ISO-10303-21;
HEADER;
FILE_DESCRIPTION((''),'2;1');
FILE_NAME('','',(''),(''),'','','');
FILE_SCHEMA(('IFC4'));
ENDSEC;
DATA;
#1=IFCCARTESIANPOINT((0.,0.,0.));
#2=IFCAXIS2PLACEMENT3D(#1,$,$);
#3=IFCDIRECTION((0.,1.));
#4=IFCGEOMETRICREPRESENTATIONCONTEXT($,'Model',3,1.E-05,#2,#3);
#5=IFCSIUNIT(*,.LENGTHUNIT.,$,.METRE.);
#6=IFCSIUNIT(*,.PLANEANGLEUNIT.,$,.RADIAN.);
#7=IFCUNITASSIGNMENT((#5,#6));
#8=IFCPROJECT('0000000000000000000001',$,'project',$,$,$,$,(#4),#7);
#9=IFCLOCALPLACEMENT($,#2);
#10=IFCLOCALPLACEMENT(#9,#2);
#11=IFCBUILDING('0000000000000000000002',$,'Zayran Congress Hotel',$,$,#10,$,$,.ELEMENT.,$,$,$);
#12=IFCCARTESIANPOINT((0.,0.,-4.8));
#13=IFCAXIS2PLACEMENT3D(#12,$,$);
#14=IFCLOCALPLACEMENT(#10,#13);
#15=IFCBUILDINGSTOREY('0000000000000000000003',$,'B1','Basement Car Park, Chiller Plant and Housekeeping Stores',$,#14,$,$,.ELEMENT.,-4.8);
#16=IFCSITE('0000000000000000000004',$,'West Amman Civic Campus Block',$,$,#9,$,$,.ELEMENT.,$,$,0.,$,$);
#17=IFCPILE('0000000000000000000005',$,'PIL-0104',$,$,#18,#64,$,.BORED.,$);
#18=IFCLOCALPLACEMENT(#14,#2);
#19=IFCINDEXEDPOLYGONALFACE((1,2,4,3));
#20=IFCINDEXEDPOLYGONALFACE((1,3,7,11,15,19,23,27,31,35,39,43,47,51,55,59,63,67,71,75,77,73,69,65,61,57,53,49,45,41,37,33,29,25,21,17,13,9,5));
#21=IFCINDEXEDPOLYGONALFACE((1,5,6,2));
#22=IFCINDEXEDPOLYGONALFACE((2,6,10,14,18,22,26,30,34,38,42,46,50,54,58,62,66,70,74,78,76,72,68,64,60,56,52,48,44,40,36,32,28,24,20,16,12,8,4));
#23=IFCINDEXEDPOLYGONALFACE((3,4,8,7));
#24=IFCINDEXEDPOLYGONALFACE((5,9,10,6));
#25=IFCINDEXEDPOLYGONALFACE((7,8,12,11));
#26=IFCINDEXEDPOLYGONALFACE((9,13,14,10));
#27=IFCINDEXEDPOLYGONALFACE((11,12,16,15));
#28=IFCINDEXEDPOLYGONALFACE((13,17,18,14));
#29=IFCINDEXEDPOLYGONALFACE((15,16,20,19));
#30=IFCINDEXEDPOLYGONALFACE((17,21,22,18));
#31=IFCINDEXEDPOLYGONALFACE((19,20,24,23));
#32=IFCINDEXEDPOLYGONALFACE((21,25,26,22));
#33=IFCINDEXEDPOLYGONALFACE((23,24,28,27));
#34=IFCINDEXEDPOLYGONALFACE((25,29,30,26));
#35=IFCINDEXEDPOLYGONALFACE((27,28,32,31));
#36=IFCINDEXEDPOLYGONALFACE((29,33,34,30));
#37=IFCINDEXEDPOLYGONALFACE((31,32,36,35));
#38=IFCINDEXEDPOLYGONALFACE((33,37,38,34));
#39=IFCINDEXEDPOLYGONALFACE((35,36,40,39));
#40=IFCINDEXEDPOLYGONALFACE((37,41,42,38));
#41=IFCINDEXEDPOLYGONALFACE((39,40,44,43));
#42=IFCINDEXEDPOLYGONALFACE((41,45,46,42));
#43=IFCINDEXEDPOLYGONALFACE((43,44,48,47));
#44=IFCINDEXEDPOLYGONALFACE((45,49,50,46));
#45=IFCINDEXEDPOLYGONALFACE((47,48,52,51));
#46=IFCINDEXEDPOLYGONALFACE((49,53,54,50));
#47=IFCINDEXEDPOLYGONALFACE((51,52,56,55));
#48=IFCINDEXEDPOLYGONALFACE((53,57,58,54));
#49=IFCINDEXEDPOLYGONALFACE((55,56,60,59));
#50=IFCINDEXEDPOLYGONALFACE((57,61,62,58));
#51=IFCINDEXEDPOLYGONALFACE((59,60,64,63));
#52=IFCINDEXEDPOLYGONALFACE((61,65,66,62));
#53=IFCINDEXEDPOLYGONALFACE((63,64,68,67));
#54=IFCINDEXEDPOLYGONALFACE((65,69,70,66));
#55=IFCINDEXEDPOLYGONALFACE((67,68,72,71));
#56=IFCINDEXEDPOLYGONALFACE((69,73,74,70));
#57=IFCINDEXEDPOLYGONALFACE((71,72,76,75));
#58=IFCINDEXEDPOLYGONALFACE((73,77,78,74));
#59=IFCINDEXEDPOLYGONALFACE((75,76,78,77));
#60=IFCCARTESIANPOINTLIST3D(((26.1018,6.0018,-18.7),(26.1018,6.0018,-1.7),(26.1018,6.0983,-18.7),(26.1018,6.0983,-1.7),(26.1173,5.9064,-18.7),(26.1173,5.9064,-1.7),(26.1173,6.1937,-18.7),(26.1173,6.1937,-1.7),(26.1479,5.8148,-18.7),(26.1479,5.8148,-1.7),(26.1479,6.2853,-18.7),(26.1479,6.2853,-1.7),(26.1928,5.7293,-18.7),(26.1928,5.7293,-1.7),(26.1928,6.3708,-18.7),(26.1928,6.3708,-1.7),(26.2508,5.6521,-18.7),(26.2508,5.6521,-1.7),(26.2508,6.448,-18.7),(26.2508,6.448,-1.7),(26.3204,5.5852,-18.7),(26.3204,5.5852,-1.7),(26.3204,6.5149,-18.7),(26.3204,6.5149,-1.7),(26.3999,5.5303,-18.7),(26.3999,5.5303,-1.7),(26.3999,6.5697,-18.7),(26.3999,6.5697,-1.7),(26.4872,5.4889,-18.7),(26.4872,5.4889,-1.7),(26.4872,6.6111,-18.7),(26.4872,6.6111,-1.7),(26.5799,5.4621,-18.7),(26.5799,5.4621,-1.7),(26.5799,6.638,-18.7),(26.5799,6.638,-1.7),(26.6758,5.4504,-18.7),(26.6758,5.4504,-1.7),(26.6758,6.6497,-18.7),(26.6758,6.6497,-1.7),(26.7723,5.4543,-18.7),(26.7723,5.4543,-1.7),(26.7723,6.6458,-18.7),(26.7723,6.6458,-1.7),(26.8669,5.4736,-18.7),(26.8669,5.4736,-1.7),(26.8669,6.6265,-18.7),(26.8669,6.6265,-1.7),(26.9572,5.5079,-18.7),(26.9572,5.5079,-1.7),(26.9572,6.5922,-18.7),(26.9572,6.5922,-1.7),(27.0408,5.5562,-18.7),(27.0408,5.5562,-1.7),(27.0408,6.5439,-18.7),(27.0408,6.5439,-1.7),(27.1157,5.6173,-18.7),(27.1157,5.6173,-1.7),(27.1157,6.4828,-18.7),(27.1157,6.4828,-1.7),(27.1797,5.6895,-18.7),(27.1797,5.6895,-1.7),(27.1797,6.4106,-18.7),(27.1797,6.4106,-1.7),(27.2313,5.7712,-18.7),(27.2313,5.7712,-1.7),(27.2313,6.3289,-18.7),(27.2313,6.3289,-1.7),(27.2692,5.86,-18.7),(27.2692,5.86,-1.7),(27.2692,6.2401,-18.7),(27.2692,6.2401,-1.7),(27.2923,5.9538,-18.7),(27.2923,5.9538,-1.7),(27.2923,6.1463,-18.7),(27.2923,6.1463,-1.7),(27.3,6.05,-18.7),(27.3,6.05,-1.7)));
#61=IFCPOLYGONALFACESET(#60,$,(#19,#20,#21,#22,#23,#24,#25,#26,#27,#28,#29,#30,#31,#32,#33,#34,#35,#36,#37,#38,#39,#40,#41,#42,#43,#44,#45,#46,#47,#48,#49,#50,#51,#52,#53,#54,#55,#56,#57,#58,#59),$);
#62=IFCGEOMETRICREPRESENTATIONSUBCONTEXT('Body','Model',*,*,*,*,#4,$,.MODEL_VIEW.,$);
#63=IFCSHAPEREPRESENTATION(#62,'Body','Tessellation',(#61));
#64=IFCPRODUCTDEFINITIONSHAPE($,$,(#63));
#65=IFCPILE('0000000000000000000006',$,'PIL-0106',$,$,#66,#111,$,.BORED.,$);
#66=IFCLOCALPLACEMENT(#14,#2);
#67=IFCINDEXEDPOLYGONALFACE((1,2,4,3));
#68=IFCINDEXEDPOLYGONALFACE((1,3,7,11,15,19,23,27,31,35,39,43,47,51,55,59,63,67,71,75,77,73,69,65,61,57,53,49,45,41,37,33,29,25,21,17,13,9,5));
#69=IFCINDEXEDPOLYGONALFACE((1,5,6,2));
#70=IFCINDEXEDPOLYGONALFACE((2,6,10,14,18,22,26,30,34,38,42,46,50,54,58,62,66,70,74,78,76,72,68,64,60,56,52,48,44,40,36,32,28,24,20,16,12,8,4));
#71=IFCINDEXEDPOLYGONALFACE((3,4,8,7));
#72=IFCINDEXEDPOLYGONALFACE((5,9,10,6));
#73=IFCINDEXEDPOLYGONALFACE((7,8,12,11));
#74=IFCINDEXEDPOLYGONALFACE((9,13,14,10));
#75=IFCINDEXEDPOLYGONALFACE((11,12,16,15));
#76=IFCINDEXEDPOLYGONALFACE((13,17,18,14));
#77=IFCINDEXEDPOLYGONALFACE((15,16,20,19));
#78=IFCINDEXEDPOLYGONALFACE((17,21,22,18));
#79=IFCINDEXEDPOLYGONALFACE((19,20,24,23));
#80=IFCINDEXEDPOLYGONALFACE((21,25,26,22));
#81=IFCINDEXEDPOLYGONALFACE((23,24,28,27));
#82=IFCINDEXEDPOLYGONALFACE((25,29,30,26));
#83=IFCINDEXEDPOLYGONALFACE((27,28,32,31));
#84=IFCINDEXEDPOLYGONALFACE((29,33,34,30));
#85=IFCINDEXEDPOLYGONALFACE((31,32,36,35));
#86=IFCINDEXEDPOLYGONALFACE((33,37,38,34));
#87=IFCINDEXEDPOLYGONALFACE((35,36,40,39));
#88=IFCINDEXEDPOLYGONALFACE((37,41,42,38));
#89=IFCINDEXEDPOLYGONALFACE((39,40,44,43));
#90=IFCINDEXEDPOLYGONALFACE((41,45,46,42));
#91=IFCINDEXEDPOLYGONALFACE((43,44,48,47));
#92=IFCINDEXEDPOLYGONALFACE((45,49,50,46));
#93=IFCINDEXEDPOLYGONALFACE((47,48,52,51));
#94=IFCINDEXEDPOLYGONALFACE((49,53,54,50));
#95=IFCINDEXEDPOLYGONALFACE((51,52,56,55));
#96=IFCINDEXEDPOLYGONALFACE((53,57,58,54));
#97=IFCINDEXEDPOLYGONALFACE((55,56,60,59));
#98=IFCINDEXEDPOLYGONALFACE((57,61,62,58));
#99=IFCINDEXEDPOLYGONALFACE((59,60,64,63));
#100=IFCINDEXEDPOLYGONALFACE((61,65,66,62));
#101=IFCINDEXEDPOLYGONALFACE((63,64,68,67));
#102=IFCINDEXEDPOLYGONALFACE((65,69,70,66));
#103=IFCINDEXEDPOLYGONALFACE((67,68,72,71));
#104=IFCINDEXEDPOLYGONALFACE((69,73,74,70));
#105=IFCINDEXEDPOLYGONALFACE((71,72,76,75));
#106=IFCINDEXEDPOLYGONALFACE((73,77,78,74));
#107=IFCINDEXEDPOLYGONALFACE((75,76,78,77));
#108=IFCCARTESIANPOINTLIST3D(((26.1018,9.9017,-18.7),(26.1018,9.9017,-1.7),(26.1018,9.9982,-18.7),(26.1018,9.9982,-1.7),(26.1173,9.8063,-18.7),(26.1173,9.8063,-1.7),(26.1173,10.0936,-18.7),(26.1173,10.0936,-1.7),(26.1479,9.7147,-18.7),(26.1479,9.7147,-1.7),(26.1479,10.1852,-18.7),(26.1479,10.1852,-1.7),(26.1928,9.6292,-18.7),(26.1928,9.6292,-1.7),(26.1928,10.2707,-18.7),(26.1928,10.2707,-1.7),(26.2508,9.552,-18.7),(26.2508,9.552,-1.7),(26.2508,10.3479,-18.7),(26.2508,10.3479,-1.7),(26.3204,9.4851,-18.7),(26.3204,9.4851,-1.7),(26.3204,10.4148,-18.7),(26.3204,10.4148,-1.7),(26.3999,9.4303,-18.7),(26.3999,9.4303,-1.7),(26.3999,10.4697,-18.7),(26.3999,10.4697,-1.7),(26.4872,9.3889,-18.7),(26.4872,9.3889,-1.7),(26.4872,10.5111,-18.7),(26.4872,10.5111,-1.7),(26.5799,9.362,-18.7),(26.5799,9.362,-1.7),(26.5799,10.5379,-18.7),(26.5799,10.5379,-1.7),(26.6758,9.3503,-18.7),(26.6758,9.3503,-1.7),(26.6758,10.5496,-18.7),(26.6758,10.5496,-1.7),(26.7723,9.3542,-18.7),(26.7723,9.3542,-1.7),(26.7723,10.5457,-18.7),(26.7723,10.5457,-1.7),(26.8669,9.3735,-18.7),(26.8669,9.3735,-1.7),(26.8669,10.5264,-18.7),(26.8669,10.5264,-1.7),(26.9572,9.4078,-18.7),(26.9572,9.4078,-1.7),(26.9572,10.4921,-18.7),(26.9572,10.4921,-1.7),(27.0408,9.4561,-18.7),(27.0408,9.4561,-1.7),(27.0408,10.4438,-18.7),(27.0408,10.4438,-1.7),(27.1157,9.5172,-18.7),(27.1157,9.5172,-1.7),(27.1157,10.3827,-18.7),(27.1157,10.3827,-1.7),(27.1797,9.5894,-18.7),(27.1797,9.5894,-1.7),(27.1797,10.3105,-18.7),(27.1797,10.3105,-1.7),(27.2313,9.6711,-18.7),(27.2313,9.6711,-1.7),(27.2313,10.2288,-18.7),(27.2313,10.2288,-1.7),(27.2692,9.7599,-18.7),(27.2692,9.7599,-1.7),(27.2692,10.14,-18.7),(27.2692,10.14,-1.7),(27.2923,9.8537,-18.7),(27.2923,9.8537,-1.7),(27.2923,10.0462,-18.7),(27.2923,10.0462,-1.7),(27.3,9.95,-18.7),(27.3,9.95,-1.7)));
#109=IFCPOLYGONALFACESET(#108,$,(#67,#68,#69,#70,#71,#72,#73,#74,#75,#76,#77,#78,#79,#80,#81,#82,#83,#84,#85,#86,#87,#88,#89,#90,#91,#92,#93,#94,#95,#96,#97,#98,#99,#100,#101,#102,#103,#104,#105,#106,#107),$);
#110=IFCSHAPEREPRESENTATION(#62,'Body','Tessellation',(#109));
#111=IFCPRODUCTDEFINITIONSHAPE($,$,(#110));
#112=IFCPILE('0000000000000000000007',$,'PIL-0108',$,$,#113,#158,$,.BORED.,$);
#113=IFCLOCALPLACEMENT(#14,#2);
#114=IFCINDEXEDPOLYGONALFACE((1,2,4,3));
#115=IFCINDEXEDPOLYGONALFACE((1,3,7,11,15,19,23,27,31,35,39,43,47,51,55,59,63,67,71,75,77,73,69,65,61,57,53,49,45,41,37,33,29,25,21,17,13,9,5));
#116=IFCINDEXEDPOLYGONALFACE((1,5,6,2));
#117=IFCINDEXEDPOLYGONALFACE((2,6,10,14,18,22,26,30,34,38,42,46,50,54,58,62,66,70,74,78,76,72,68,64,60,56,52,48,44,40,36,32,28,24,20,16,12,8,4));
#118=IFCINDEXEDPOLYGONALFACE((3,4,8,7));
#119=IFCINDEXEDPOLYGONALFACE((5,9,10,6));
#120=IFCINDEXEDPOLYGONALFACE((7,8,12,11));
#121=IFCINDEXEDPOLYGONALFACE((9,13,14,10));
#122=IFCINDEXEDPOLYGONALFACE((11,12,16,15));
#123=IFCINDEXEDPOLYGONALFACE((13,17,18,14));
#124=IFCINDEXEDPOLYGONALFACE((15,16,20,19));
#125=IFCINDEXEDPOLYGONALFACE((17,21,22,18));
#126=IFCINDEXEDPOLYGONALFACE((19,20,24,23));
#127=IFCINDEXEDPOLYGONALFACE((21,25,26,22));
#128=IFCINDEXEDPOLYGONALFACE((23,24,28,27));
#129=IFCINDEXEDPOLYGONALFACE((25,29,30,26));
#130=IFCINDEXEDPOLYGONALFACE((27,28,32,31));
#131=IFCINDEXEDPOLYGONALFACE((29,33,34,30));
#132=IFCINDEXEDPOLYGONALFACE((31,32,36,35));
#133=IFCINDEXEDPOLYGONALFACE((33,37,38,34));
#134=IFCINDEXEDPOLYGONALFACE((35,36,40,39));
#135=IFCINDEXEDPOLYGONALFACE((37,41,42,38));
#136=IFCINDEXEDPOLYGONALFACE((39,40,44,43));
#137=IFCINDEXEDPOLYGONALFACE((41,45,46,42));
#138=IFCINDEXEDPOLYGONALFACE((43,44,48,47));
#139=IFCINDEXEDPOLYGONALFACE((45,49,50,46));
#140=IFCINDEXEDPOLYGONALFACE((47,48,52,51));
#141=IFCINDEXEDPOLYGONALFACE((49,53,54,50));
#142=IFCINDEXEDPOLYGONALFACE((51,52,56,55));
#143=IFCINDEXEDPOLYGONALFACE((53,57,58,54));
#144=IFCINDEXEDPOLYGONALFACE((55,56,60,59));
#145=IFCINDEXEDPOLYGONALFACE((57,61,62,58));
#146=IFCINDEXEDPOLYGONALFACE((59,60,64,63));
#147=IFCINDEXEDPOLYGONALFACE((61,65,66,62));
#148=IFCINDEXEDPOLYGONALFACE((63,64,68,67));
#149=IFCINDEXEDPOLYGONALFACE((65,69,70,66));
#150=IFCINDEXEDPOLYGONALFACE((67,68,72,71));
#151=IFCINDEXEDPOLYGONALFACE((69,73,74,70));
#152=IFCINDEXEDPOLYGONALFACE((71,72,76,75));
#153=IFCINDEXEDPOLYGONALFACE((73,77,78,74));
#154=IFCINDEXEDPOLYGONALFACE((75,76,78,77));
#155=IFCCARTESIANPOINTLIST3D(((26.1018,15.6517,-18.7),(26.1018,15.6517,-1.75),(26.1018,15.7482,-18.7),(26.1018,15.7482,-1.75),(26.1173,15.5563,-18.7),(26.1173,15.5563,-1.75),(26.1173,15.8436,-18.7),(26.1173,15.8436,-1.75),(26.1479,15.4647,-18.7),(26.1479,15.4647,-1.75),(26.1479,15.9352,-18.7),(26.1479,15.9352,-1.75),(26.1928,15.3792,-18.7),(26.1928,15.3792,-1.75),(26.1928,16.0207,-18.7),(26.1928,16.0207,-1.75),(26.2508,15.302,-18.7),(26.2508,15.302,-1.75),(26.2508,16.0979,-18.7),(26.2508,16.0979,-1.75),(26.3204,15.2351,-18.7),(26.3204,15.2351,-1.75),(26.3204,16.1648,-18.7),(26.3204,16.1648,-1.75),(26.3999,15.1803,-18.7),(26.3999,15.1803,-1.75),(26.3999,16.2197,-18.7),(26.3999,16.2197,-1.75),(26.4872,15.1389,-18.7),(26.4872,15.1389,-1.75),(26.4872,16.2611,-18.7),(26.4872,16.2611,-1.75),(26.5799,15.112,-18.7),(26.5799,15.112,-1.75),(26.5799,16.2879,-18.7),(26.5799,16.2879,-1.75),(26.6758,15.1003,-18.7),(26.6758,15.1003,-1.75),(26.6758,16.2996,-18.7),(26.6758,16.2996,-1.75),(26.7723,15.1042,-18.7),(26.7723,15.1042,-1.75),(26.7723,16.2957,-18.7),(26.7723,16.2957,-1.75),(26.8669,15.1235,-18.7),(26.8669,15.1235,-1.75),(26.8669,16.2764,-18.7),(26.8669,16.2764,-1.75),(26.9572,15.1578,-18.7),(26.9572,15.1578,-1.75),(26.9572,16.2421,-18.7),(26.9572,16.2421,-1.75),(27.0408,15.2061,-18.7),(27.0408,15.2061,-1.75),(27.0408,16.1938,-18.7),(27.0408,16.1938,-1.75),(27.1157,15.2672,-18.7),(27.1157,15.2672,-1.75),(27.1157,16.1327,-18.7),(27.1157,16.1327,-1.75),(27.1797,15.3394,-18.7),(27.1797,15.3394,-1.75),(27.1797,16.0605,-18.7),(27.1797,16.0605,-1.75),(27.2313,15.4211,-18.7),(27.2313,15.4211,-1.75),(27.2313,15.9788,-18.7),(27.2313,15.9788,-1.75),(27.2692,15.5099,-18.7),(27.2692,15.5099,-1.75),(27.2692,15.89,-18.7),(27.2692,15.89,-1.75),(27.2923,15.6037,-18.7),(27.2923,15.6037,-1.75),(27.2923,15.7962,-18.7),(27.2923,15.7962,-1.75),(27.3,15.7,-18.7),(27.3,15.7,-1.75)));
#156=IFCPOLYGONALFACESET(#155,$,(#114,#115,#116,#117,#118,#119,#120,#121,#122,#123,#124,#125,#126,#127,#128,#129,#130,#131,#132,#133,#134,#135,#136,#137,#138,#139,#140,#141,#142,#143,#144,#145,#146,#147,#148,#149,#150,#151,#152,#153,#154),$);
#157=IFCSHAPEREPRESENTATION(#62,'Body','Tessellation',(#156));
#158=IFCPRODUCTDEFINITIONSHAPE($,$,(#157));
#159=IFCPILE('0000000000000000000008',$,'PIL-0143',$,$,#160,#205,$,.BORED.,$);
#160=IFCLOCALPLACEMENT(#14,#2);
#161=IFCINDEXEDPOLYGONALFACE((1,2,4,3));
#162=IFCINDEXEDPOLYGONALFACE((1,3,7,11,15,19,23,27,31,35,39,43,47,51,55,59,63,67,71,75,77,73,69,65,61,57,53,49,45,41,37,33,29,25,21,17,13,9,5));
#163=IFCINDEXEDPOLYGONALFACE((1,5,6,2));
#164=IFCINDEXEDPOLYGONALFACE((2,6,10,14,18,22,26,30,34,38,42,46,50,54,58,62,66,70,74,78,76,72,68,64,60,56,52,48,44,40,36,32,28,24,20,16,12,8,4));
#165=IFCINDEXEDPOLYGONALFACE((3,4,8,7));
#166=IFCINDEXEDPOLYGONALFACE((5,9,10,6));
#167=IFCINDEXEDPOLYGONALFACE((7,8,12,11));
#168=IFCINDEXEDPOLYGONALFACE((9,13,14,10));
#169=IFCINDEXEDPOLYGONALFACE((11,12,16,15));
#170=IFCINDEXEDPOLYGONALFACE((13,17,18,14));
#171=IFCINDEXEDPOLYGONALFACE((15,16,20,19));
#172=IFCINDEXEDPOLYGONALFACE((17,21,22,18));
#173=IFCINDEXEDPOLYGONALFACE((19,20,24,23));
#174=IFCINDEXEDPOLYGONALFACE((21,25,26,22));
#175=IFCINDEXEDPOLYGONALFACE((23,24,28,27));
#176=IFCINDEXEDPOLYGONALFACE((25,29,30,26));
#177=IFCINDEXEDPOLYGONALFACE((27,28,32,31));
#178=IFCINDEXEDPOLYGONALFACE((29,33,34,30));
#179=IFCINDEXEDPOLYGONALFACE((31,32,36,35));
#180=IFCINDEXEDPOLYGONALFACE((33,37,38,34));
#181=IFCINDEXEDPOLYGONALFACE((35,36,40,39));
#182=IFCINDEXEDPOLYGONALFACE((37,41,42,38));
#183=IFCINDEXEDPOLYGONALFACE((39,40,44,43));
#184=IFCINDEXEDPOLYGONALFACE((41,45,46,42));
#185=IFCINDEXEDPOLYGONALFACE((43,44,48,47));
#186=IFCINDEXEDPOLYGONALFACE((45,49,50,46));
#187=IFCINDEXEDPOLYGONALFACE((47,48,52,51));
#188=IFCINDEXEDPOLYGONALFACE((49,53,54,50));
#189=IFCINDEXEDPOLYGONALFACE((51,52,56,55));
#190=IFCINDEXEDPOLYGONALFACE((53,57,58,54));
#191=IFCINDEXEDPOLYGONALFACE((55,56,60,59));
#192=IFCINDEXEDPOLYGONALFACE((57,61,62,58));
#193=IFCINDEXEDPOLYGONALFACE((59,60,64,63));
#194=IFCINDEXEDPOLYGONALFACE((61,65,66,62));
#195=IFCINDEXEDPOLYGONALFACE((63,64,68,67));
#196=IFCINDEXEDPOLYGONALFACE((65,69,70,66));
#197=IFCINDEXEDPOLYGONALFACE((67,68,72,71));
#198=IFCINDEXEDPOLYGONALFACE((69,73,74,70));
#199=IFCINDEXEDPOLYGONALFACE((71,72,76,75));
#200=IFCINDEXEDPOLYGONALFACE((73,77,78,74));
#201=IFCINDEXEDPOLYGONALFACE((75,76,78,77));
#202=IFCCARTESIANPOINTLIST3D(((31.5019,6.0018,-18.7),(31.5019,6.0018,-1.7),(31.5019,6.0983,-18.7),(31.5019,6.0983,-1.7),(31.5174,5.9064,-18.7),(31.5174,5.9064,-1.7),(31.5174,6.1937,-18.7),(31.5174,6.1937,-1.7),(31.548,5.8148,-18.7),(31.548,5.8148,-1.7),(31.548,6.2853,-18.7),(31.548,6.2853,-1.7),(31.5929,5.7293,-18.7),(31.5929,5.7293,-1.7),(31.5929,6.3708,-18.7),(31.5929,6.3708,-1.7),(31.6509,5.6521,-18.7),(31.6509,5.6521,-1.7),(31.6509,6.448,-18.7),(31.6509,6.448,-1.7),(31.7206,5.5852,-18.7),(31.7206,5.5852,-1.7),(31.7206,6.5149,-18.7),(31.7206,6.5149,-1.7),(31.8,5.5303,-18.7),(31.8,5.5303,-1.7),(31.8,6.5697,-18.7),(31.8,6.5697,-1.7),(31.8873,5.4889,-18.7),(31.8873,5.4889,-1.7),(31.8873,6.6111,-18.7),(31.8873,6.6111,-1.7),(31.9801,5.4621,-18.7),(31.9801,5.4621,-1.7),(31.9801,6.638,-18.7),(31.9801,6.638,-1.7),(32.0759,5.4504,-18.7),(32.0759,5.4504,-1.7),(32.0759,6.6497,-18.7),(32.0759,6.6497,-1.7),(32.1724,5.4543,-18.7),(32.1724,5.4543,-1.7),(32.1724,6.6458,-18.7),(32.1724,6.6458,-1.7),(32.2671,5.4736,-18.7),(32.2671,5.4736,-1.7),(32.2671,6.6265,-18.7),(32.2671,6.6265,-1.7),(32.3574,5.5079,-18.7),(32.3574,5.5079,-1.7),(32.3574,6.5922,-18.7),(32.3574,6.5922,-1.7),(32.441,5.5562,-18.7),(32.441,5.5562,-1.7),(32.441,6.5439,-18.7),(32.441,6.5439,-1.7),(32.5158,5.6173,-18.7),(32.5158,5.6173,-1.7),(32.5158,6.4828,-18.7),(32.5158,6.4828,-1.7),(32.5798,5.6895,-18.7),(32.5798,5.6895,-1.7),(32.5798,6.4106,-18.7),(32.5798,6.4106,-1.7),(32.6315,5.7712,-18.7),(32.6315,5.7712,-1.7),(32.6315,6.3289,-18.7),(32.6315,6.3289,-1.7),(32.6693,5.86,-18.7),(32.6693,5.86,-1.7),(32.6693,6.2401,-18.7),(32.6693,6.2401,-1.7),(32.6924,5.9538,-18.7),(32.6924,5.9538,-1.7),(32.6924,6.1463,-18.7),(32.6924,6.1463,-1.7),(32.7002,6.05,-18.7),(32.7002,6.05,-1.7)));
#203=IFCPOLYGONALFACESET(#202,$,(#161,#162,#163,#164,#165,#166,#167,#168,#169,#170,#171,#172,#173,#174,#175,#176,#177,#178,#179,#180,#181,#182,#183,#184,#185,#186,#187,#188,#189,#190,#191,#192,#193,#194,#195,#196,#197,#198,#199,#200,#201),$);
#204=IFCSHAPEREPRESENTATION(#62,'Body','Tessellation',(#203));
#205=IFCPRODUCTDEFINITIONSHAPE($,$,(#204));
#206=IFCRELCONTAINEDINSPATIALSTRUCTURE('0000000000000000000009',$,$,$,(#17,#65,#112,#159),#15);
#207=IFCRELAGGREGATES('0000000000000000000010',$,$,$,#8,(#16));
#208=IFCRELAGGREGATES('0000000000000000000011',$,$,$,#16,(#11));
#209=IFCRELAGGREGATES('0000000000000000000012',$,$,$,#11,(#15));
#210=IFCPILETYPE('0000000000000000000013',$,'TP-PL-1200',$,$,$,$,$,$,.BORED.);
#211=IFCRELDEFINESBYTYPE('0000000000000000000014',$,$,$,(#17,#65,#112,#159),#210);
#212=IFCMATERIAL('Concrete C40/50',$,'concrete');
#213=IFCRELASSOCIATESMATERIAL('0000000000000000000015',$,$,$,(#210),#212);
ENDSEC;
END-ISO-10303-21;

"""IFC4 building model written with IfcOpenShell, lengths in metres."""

from ifc_helpers import new_model, si_unit, direction, frame, origin, origin_2d, place, context, subcontext, project, spatial, circle, extrude, material, material_profile, profile_set, type_object, element, save


model = new_model("IFC4")

# Units and contexts
model_context = context("Model", 3, precision=1e-05, world=origin(), true_north=direction((0.0, 1.0)))
body_context = subcontext(model_context, "Body", "Model", "MODEL_VIEW")
ifc_project = project(units=[si_unit("LENGTHUNIT", "METRE"), si_unit("PLANEANGLEUNIT", "RADIAN")], contexts=[model_context])

# Site, building, storey
site_placement = place(None, origin())
site = spatial("IfcSite", under=ifc_project, at=site_placement, Name="West Amman Civic Campus Block", CompositionType="ELEMENT", RefElevation=0.0)
building_placement = place(site_placement, origin())
building = spatial("IfcBuilding", under=site, at=building_placement, Name="Zayran Congress Hotel", CompositionType="ELEMENT")
storey_placement = place(building_placement, frame((0.0, 0.0, -4.8)))
storey = spatial("IfcBuildingStorey", under=building, at=storey_placement, Name="B1", Description="Basement Car Park, Chiller Plant and Housekeeping Stores", CompositionType="ELEMENT", Elevation=-4.8)

# Piles
ifc_material_1 = material(Name="Concrete C40/50", Category="concrete")
ifc_material_profile_1 = material_profile(ifc_material_1, circle(Radius=0.6001, at=origin_2d()), Name="PILE D1200")
ifc_profile_set_1 = profile_set([ifc_material_profile_1], Name="Concrete C40/50")
pile_type = type_object("IfcPileType", Name="TP-PL-1200", PredefinedType="BORED", material=ifc_profile_set_1)
for number, where, z_axis, x_axis, name in (
    (1, (26.7, 6.05, -1.7), (0.0, 0.0, -1.0), (1.0, 0.0, 0.0), "PIL-0104"),
    (2, (26.7, 9.95, -1.7), (0.0, 0.0, -1.0), (1.0, 0.0, 0.0), "PIL-0106"),
):
    element("IfcPile", number, at=place(storey_placement, frame(where, z_axis=z_axis, x_axis=x_axis)), inside=storey, type_object=pile_type, Name=name, PredefinedType="BORED", context=body_context, shape_type="SweptSolid", body=[
        extrude(circle(Radius=0.6001, at=origin_2d()), origin(), (0.0, 0.0, 1.0), 17.0),
    ])
pile_placement = place(storey_placement, frame((26.7, 15.7, -1.75), z_axis=(0.0, 0.0, -1.0), x_axis=(1.0, 0.0, 0.0)))
element("IfcPile", 3, at=pile_placement, inside=storey, type_object=pile_type, Name="PIL-0108", PredefinedType="BORED", context=body_context, shape_type="SweptSolid", body=[
    extrude(circle(Radius=0.6001, at=origin_2d()), origin(), (0.0, 0.0, 1.0), 16.95),
])
for number, where, z_axis, x_axis, name in (
    (4, (32.1001, 6.05, -1.7), (0.0, 0.0, -1.0), (1.0, 0.0, 0.0), "PIL-0143"),
):
    element("IfcPile", number, at=place(storey_placement, frame(where, z_axis=z_axis, x_axis=x_axis)), inside=storey, type_object=pile_type, Name=name, PredefinedType="BORED", context=body_context, shape_type="SweptSolid", body=[
        extrude(circle(Radius=0.6001, at=origin_2d()), origin(), (0.0, 0.0, 1.0), 17.0),
    ])

save(model, "model.ifc")
